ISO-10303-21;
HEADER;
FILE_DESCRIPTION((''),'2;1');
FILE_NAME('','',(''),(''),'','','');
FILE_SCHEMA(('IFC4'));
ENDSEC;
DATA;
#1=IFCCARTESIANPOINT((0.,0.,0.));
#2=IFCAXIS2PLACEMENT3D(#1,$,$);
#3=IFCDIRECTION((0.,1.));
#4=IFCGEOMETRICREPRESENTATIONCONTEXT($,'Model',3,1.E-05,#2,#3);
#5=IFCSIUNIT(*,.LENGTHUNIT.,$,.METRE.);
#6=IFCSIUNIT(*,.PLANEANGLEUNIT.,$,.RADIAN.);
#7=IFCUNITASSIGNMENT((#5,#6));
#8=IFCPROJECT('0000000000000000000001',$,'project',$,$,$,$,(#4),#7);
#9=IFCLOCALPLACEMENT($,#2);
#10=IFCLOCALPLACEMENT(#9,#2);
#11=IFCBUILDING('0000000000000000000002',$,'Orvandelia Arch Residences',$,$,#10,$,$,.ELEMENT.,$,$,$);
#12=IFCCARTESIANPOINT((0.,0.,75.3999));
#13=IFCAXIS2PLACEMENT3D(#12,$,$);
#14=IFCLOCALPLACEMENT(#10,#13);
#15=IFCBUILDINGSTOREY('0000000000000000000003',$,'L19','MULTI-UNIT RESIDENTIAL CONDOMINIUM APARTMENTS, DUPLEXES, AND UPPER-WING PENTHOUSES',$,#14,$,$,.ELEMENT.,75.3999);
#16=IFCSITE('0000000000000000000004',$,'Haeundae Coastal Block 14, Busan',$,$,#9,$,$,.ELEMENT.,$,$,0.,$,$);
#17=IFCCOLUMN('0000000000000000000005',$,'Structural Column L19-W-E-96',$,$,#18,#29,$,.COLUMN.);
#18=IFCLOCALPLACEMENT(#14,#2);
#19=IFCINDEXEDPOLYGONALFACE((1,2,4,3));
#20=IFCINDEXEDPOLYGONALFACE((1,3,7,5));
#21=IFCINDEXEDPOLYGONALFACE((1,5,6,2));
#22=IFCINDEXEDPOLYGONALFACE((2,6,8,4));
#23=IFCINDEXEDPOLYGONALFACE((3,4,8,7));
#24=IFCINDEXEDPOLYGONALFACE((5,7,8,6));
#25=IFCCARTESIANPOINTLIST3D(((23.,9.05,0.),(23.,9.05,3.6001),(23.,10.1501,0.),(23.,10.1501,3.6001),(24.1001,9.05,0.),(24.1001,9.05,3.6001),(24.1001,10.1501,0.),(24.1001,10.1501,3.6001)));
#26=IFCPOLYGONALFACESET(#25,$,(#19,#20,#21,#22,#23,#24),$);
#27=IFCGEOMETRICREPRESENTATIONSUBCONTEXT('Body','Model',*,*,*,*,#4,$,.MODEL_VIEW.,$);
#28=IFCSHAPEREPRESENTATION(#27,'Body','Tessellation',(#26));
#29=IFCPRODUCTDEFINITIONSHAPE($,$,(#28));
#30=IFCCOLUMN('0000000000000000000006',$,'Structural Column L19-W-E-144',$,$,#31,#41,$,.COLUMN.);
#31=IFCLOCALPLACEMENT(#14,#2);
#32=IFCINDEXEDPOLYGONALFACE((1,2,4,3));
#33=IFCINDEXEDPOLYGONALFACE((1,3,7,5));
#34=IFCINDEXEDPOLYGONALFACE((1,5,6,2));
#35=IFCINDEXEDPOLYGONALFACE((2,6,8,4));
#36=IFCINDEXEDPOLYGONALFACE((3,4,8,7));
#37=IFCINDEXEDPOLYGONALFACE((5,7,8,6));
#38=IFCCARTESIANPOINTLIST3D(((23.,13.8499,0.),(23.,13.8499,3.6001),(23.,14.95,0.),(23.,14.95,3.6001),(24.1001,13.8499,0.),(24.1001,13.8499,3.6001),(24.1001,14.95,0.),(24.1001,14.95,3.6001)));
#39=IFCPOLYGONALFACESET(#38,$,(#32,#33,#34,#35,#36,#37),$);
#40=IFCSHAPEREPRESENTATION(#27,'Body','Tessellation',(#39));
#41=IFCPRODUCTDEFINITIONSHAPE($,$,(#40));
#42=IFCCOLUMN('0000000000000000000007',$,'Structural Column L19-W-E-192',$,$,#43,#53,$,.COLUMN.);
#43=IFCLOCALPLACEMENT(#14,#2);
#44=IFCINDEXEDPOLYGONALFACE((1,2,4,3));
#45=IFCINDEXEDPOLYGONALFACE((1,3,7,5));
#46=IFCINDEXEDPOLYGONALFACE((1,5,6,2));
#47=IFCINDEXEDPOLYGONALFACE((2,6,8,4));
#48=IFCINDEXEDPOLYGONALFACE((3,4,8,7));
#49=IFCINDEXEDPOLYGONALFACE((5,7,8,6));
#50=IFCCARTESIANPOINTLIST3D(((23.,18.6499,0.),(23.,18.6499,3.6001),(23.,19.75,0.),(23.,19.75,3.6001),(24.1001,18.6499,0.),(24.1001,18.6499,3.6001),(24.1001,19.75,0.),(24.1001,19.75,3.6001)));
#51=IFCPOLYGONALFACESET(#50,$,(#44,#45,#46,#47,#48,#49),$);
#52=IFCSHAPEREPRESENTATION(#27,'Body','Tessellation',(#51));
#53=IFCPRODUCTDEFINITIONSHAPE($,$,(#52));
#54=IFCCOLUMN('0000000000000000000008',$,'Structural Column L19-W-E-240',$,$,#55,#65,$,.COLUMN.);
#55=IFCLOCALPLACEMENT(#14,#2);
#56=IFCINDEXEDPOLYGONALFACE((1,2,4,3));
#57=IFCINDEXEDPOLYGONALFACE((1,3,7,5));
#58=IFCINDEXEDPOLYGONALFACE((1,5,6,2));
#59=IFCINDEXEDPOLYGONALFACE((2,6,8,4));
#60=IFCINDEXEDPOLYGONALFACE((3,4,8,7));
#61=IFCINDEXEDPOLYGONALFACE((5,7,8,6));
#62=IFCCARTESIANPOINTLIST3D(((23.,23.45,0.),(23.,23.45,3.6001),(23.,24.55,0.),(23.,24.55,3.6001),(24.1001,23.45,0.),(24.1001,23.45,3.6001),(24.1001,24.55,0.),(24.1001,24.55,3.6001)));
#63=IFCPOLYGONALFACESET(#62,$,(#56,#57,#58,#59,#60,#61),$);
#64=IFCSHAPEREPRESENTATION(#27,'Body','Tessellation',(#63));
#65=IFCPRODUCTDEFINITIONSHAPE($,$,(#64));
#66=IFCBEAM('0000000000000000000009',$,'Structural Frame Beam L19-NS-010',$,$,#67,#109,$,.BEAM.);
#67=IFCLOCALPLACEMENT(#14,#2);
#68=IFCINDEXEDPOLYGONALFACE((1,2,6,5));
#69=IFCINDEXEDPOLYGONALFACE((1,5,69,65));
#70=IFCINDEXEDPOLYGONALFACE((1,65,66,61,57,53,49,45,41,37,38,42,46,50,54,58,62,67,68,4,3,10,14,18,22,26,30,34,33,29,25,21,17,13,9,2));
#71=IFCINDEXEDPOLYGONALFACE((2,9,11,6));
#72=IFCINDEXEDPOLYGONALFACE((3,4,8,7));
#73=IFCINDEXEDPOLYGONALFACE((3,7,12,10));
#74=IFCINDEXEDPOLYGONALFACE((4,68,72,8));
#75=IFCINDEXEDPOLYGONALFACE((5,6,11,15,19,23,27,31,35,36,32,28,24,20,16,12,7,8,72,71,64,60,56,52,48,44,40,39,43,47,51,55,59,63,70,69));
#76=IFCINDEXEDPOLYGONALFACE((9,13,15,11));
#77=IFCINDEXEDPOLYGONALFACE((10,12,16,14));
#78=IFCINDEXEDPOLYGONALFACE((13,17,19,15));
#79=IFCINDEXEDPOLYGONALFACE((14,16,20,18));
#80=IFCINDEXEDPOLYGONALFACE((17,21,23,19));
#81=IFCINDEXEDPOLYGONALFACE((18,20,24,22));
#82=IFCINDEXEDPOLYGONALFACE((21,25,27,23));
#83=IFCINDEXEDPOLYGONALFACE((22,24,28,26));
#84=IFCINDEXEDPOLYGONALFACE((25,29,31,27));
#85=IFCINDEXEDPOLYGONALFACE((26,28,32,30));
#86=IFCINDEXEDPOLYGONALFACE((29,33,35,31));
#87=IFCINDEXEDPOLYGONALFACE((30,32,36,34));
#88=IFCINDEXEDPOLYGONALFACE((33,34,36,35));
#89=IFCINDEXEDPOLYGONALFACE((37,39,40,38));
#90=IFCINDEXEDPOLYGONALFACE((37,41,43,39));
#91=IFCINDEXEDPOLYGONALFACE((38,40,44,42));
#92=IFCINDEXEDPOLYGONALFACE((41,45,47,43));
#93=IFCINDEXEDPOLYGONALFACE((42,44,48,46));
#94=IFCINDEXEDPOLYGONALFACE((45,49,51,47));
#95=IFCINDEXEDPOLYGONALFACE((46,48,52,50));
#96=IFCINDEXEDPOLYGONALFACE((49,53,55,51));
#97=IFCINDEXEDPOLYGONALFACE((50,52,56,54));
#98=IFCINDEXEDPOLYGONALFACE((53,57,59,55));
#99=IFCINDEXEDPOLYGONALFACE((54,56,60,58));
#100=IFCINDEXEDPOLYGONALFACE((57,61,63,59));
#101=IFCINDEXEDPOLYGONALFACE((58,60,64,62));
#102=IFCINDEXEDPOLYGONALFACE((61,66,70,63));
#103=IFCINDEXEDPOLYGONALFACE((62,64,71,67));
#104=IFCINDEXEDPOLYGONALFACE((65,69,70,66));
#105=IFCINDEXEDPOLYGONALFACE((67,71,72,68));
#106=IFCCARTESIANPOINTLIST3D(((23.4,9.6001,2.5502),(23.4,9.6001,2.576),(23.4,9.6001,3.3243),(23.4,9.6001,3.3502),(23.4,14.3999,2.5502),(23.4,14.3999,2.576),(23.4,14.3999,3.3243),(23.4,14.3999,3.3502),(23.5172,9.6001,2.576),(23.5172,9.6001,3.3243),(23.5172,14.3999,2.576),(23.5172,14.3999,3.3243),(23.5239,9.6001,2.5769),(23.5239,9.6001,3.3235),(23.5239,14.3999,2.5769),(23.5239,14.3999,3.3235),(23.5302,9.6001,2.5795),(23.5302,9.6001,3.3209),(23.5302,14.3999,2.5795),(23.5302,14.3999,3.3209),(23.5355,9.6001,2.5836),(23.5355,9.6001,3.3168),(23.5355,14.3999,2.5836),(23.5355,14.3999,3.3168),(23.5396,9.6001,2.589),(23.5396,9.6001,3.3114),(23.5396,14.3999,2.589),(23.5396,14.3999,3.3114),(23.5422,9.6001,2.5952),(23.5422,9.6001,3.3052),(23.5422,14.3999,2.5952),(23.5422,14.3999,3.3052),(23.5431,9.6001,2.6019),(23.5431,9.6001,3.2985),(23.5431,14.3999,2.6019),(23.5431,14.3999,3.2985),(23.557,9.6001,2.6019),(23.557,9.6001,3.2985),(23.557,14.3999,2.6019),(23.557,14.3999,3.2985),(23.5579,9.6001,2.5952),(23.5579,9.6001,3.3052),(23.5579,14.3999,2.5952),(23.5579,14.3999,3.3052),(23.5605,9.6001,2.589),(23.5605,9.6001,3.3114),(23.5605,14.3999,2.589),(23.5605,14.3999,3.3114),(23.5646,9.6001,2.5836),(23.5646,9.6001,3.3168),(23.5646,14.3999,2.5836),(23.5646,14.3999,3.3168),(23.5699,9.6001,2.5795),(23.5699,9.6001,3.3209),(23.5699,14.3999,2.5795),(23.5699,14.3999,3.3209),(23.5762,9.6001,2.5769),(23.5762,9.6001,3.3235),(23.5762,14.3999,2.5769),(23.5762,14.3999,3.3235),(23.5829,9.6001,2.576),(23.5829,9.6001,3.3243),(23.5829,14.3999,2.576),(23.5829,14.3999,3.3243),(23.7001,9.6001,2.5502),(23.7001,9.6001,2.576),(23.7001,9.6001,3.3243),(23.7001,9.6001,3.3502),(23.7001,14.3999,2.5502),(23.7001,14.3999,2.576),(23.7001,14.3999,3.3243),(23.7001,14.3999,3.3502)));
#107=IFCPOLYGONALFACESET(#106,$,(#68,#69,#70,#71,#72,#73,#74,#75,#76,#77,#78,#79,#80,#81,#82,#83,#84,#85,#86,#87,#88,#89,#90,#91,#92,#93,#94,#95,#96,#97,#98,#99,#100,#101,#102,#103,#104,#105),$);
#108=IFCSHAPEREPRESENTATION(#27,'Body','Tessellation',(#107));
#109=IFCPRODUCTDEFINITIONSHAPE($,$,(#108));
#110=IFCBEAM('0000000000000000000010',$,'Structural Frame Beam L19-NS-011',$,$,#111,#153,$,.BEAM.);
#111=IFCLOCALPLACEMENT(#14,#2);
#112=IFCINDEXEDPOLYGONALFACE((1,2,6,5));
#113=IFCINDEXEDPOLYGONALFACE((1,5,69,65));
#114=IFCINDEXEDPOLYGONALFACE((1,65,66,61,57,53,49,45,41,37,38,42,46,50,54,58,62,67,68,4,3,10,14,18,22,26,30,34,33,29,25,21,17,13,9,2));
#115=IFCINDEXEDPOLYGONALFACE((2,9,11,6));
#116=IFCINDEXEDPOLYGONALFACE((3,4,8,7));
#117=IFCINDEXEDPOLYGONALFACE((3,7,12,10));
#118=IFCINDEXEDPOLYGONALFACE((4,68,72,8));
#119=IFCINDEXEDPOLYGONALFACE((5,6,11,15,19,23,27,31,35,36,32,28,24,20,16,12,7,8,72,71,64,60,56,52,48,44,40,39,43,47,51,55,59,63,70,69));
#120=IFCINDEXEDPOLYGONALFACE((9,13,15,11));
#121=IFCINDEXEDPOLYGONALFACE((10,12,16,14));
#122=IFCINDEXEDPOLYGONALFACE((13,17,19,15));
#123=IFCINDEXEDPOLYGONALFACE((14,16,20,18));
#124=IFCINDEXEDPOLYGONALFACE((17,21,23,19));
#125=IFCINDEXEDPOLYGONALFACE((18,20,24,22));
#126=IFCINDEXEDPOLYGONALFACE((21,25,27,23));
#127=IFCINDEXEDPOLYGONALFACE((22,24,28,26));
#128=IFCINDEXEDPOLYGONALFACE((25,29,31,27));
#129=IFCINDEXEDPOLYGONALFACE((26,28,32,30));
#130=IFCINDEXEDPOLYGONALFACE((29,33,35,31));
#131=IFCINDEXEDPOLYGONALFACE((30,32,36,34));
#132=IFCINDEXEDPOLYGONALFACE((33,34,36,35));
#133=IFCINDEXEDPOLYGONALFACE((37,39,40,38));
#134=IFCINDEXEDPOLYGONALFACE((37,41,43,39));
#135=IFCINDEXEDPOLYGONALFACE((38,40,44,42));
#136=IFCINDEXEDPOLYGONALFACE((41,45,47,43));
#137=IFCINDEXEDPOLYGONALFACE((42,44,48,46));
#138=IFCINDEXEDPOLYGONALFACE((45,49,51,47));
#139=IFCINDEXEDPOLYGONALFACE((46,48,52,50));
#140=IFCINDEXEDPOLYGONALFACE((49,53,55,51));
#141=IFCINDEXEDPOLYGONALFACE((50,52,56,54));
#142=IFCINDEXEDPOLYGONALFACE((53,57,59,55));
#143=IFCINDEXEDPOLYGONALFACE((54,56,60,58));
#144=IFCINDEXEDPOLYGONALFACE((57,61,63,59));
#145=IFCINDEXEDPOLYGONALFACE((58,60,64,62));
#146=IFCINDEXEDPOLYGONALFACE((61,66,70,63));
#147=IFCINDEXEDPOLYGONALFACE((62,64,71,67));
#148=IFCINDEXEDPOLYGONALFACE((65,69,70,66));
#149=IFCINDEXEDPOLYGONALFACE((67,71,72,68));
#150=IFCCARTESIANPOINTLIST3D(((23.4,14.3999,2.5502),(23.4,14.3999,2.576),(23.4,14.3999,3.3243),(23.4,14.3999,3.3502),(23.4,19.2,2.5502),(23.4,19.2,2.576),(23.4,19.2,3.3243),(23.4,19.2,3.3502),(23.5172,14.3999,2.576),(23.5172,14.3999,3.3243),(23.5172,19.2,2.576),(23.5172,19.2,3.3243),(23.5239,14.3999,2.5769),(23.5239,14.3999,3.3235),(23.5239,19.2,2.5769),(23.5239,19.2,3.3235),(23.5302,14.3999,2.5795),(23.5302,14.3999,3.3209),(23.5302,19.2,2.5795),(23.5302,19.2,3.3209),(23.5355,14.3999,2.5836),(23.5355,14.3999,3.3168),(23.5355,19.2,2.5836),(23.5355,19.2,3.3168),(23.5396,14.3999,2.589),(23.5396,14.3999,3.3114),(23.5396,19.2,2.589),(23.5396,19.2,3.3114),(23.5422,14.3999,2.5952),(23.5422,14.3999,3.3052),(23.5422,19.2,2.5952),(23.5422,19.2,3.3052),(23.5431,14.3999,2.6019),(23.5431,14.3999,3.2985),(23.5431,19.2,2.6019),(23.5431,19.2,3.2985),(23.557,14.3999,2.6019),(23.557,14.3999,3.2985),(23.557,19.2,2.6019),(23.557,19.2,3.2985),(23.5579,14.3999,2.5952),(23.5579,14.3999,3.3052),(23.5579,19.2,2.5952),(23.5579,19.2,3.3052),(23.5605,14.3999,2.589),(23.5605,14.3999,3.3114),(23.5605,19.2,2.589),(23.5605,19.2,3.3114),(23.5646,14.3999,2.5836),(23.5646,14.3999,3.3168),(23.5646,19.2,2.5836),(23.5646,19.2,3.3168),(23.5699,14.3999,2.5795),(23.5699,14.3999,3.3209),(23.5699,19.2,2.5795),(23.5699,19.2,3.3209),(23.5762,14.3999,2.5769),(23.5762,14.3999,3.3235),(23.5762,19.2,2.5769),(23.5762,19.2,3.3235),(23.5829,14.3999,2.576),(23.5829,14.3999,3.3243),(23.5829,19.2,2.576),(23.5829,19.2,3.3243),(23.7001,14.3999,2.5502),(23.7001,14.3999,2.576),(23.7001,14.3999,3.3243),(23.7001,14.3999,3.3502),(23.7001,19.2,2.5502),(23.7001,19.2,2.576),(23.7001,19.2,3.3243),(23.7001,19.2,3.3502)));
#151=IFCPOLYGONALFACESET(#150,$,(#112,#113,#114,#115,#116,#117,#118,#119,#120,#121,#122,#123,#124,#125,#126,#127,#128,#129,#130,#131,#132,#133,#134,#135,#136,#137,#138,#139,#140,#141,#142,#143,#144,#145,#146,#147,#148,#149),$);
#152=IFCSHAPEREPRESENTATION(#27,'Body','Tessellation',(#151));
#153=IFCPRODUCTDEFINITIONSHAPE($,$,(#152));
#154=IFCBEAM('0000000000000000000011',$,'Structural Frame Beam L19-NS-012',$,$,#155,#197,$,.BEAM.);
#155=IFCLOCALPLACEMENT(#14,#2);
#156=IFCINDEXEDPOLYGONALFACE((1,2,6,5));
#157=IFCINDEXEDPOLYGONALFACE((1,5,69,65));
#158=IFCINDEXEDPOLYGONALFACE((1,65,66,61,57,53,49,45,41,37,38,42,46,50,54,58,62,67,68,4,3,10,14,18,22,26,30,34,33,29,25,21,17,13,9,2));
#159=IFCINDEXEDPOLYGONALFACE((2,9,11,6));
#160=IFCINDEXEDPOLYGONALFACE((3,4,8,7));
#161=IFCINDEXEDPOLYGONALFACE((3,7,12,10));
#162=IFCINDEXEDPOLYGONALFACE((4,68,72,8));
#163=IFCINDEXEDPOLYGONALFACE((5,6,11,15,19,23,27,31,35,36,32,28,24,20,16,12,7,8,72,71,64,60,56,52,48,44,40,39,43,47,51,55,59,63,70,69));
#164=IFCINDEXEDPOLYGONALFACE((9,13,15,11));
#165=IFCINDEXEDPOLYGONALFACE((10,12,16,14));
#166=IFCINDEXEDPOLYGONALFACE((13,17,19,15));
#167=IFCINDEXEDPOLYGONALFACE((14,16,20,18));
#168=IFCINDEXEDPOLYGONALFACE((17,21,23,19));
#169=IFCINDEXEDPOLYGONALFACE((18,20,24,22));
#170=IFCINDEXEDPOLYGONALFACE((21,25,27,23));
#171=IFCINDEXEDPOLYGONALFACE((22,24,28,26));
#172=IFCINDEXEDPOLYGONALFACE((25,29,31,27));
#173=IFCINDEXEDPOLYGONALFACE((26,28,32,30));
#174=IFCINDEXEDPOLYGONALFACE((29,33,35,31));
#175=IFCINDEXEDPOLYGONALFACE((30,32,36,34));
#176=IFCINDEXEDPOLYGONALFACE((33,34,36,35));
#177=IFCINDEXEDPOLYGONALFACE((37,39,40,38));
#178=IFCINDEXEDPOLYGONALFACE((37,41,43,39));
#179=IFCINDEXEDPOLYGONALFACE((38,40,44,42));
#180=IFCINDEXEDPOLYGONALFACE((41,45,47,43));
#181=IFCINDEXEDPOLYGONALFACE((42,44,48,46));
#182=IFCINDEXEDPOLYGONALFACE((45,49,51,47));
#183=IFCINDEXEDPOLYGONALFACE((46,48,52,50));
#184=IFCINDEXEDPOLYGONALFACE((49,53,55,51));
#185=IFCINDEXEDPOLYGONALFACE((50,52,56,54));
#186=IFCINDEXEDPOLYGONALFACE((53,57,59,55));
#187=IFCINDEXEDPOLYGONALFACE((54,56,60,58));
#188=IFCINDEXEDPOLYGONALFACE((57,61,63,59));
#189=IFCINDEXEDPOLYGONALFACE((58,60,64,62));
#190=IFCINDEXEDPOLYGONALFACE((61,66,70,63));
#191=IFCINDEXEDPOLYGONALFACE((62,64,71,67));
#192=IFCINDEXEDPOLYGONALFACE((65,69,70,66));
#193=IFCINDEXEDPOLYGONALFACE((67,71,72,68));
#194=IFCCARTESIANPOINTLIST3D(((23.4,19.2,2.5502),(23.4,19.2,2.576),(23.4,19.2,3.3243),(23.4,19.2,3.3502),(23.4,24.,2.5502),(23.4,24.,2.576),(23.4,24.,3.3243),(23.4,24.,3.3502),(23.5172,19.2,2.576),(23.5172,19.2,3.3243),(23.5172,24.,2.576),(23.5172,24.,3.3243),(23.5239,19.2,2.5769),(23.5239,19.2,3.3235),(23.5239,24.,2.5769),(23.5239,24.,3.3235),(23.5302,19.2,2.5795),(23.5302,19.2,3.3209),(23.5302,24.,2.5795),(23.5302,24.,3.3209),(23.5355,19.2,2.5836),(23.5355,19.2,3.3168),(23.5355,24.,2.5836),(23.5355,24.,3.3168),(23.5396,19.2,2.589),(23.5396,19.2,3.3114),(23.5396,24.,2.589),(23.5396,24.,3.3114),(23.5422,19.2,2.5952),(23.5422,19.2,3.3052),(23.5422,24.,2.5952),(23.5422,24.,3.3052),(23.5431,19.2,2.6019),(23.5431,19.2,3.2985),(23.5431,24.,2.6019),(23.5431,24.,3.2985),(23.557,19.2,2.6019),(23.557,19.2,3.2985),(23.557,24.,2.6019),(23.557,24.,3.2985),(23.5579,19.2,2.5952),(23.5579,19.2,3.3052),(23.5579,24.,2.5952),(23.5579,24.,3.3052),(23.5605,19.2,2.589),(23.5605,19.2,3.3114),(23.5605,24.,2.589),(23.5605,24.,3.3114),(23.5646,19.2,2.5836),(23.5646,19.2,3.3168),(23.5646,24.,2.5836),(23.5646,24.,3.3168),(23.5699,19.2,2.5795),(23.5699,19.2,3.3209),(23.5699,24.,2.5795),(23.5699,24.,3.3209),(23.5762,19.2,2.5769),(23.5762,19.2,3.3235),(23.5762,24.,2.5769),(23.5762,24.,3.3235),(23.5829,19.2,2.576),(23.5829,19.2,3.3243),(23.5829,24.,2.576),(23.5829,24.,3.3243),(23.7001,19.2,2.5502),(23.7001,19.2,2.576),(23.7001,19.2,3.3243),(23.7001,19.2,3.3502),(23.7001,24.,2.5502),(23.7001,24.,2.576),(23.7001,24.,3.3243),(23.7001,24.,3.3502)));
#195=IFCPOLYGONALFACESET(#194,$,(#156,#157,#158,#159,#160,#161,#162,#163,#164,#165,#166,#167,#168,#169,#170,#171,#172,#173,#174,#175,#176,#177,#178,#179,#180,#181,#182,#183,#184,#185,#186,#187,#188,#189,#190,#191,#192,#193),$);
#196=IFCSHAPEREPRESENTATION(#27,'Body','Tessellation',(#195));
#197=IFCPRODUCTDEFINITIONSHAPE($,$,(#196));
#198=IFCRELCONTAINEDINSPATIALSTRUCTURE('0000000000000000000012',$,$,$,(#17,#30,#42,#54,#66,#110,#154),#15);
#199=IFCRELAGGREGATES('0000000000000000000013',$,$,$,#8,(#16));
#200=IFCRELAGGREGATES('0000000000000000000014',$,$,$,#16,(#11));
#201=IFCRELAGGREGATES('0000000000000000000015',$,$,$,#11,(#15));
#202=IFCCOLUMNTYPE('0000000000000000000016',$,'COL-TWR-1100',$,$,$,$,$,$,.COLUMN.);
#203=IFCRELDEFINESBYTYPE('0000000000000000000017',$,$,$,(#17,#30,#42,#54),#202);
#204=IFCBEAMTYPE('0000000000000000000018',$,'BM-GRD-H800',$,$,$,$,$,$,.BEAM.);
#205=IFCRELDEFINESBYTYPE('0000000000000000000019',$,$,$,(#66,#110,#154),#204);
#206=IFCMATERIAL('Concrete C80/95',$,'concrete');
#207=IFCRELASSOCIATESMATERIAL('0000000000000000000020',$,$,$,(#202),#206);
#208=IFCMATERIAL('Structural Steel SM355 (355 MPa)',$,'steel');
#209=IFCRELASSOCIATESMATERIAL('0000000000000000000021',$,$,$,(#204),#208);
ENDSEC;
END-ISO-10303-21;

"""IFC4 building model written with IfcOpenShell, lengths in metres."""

from ifc_helpers import new_model, si_unit, direction, frame, origin, origin_2d, place, context, subcontext, project, spatial, rectangle, i_section, extrude, material, material_profile, profile_set, type_object, element, save


model = new_model("IFC4")

# Units and contexts
model_context = context("Model", 3, precision=1e-05, world=origin(), true_north=direction((0.0, 1.0)))
body_context = subcontext(model_context, "Body", "Model", "MODEL_VIEW")
ifc_project = project(units=[si_unit("LENGTHUNIT", "METRE"), si_unit("PLANEANGLEUNIT", "RADIAN")], contexts=[model_context])

# Site, building, storey
site_placement = place(None, origin())
site = spatial("IfcSite", under=ifc_project, at=site_placement, Name="Haeundae Coastal Block 14, Busan", CompositionType="ELEMENT", RefElevation=0.0)
building_placement = place(site_placement, origin())
building = spatial("IfcBuilding", under=site, at=building_placement, Name="Orvandelia Arch Residences", CompositionType="ELEMENT")
storey_placement = place(building_placement, frame((0.0, 0.0, 75.3999)))
storey = spatial("IfcBuildingStorey", under=building, at=storey_placement, Name="L19", Description="MULTI-UNIT RESIDENTIAL CONDOMINIUM APARTMENTS, DUPLEXES, AND UPPER-WING PENTHOUSES", CompositionType="ELEMENT", Elevation=75.3999)

# Columns
ifc_material_1 = material(Name="Concrete C80/95", Category="concrete")
ifc_material_profile_1 = material_profile(ifc_material_1, rectangle(XDim=1.1001, YDim=1.1001, at=origin_2d()), Name="Concrete C80/95", Category="concrete")
ifc_profile_set_1 = profile_set([ifc_material_profile_1], Name="Concrete C80/95")
column_type = type_object("IfcColumnType", Name="COL-TWR-1100", PredefinedType="COLUMN", material=ifc_profile_set_1)
for number, where, z_axis, x_axis, name in (
    (1, (23.55, 9.6001, 0.0), (0.0, 0.0, 1.0), (1.0, 0.0, 0.0), "Structural Column L19-W-E-96"),
    (2, (23.55, 14.3999, 0.0), (0.0, 0.0, 1.0), (1.0, 0.0, 0.0), "Structural Column L19-W-E-144"),
    (3, (23.55, 19.2, 0.0), (0.0, 0.0, 1.0), (1.0, 0.0, 0.0), "Structural Column L19-W-E-192"),
    (4, (23.55, 24.0, 0.0), (0.0, 0.0, 1.0), (1.0, 0.0, 0.0), "Structural Column L19-W-E-240"),
):
    element("IfcColumn", number, at=place(storey_placement, frame(where, z_axis=z_axis, x_axis=x_axis)), inside=storey, type_object=column_type, Name=name, PredefinedType="COLUMN", context=body_context, shape_type="SweptSolid", body=[
        extrude(rectangle(XDim=1.1001, YDim=1.1001, at=origin_2d()), origin(), (0.0, 0.0, 1.0), 3.6001),
    ])

# Beams
ifc_material_2 = material(Name="Structural Steel SM355 (355 MPa)", Category="steel")
ifc_material_profile_2 = material_profile(ifc_material_2, i_section(OverallWidth=0.3, OverallDepth=0.8, WebThickness=0.0139, FlangeThickness=0.0259, FilletRadius=0.0259, at=origin_2d()), Name="Structural Steel SM355 (355 MPa)", Category="steel")
ifc_profile_set_2 = profile_set([ifc_material_profile_2], Name="Structural Steel SM355 (355 MPa)")
beam_type = type_object("IfcBeamType", Name="BM-GRD-H800", PredefinedType="BEAM", material=ifc_profile_set_2)
beam_1_placement = place(storey_placement, frame((23.55, 9.6001, 2.9502), z_axis=(0.0, 1.0, 0.0), x_axis=(-1.0, 0.0, 0.0)))
element("IfcBeam", 5, at=beam_1_placement, inside=storey, type_object=beam_type, Name="Structural Frame Beam L19-NS-010", PredefinedType="BEAM", context=body_context, shape_type="SweptSolid", body=[
    extrude(i_section(OverallWidth=0.3, OverallDepth=0.8, WebThickness=0.0139, FlangeThickness=0.0259, FilletRadius=0.0259, at=origin_2d()), origin(), (0.0, 0.0, 1.0), 4.7998),
])
for number, where, z_axis, x_axis, name in (
    (6, (23.55, 14.3999, 2.9502), (0.0, 1.0, 0.0), (-1.0, 0.0, 0.0), "Structural Frame Beam L19-NS-011"),
    (7, (23.55, 19.2, 2.9502), (0.0, 1.0, 0.0), (-1.0, 0.0, 0.0), "Structural Frame Beam L19-NS-012"),
):
    element("IfcBeam", number, at=place(storey_placement, frame(where, z_axis=z_axis, x_axis=x_axis)), inside=storey, type_object=beam_type, Name=name, PredefinedType="BEAM", context=body_context, shape_type="SweptSolid", body=[
        extrude(i_section(OverallWidth=0.3, OverallDepth=0.8, WebThickness=0.0139, FlangeThickness=0.0259, FilletRadius=0.0259, at=origin_2d()), origin(), (0.0, 0.0, 1.0), 4.8),
    ])

save(model, "model.ifc")
